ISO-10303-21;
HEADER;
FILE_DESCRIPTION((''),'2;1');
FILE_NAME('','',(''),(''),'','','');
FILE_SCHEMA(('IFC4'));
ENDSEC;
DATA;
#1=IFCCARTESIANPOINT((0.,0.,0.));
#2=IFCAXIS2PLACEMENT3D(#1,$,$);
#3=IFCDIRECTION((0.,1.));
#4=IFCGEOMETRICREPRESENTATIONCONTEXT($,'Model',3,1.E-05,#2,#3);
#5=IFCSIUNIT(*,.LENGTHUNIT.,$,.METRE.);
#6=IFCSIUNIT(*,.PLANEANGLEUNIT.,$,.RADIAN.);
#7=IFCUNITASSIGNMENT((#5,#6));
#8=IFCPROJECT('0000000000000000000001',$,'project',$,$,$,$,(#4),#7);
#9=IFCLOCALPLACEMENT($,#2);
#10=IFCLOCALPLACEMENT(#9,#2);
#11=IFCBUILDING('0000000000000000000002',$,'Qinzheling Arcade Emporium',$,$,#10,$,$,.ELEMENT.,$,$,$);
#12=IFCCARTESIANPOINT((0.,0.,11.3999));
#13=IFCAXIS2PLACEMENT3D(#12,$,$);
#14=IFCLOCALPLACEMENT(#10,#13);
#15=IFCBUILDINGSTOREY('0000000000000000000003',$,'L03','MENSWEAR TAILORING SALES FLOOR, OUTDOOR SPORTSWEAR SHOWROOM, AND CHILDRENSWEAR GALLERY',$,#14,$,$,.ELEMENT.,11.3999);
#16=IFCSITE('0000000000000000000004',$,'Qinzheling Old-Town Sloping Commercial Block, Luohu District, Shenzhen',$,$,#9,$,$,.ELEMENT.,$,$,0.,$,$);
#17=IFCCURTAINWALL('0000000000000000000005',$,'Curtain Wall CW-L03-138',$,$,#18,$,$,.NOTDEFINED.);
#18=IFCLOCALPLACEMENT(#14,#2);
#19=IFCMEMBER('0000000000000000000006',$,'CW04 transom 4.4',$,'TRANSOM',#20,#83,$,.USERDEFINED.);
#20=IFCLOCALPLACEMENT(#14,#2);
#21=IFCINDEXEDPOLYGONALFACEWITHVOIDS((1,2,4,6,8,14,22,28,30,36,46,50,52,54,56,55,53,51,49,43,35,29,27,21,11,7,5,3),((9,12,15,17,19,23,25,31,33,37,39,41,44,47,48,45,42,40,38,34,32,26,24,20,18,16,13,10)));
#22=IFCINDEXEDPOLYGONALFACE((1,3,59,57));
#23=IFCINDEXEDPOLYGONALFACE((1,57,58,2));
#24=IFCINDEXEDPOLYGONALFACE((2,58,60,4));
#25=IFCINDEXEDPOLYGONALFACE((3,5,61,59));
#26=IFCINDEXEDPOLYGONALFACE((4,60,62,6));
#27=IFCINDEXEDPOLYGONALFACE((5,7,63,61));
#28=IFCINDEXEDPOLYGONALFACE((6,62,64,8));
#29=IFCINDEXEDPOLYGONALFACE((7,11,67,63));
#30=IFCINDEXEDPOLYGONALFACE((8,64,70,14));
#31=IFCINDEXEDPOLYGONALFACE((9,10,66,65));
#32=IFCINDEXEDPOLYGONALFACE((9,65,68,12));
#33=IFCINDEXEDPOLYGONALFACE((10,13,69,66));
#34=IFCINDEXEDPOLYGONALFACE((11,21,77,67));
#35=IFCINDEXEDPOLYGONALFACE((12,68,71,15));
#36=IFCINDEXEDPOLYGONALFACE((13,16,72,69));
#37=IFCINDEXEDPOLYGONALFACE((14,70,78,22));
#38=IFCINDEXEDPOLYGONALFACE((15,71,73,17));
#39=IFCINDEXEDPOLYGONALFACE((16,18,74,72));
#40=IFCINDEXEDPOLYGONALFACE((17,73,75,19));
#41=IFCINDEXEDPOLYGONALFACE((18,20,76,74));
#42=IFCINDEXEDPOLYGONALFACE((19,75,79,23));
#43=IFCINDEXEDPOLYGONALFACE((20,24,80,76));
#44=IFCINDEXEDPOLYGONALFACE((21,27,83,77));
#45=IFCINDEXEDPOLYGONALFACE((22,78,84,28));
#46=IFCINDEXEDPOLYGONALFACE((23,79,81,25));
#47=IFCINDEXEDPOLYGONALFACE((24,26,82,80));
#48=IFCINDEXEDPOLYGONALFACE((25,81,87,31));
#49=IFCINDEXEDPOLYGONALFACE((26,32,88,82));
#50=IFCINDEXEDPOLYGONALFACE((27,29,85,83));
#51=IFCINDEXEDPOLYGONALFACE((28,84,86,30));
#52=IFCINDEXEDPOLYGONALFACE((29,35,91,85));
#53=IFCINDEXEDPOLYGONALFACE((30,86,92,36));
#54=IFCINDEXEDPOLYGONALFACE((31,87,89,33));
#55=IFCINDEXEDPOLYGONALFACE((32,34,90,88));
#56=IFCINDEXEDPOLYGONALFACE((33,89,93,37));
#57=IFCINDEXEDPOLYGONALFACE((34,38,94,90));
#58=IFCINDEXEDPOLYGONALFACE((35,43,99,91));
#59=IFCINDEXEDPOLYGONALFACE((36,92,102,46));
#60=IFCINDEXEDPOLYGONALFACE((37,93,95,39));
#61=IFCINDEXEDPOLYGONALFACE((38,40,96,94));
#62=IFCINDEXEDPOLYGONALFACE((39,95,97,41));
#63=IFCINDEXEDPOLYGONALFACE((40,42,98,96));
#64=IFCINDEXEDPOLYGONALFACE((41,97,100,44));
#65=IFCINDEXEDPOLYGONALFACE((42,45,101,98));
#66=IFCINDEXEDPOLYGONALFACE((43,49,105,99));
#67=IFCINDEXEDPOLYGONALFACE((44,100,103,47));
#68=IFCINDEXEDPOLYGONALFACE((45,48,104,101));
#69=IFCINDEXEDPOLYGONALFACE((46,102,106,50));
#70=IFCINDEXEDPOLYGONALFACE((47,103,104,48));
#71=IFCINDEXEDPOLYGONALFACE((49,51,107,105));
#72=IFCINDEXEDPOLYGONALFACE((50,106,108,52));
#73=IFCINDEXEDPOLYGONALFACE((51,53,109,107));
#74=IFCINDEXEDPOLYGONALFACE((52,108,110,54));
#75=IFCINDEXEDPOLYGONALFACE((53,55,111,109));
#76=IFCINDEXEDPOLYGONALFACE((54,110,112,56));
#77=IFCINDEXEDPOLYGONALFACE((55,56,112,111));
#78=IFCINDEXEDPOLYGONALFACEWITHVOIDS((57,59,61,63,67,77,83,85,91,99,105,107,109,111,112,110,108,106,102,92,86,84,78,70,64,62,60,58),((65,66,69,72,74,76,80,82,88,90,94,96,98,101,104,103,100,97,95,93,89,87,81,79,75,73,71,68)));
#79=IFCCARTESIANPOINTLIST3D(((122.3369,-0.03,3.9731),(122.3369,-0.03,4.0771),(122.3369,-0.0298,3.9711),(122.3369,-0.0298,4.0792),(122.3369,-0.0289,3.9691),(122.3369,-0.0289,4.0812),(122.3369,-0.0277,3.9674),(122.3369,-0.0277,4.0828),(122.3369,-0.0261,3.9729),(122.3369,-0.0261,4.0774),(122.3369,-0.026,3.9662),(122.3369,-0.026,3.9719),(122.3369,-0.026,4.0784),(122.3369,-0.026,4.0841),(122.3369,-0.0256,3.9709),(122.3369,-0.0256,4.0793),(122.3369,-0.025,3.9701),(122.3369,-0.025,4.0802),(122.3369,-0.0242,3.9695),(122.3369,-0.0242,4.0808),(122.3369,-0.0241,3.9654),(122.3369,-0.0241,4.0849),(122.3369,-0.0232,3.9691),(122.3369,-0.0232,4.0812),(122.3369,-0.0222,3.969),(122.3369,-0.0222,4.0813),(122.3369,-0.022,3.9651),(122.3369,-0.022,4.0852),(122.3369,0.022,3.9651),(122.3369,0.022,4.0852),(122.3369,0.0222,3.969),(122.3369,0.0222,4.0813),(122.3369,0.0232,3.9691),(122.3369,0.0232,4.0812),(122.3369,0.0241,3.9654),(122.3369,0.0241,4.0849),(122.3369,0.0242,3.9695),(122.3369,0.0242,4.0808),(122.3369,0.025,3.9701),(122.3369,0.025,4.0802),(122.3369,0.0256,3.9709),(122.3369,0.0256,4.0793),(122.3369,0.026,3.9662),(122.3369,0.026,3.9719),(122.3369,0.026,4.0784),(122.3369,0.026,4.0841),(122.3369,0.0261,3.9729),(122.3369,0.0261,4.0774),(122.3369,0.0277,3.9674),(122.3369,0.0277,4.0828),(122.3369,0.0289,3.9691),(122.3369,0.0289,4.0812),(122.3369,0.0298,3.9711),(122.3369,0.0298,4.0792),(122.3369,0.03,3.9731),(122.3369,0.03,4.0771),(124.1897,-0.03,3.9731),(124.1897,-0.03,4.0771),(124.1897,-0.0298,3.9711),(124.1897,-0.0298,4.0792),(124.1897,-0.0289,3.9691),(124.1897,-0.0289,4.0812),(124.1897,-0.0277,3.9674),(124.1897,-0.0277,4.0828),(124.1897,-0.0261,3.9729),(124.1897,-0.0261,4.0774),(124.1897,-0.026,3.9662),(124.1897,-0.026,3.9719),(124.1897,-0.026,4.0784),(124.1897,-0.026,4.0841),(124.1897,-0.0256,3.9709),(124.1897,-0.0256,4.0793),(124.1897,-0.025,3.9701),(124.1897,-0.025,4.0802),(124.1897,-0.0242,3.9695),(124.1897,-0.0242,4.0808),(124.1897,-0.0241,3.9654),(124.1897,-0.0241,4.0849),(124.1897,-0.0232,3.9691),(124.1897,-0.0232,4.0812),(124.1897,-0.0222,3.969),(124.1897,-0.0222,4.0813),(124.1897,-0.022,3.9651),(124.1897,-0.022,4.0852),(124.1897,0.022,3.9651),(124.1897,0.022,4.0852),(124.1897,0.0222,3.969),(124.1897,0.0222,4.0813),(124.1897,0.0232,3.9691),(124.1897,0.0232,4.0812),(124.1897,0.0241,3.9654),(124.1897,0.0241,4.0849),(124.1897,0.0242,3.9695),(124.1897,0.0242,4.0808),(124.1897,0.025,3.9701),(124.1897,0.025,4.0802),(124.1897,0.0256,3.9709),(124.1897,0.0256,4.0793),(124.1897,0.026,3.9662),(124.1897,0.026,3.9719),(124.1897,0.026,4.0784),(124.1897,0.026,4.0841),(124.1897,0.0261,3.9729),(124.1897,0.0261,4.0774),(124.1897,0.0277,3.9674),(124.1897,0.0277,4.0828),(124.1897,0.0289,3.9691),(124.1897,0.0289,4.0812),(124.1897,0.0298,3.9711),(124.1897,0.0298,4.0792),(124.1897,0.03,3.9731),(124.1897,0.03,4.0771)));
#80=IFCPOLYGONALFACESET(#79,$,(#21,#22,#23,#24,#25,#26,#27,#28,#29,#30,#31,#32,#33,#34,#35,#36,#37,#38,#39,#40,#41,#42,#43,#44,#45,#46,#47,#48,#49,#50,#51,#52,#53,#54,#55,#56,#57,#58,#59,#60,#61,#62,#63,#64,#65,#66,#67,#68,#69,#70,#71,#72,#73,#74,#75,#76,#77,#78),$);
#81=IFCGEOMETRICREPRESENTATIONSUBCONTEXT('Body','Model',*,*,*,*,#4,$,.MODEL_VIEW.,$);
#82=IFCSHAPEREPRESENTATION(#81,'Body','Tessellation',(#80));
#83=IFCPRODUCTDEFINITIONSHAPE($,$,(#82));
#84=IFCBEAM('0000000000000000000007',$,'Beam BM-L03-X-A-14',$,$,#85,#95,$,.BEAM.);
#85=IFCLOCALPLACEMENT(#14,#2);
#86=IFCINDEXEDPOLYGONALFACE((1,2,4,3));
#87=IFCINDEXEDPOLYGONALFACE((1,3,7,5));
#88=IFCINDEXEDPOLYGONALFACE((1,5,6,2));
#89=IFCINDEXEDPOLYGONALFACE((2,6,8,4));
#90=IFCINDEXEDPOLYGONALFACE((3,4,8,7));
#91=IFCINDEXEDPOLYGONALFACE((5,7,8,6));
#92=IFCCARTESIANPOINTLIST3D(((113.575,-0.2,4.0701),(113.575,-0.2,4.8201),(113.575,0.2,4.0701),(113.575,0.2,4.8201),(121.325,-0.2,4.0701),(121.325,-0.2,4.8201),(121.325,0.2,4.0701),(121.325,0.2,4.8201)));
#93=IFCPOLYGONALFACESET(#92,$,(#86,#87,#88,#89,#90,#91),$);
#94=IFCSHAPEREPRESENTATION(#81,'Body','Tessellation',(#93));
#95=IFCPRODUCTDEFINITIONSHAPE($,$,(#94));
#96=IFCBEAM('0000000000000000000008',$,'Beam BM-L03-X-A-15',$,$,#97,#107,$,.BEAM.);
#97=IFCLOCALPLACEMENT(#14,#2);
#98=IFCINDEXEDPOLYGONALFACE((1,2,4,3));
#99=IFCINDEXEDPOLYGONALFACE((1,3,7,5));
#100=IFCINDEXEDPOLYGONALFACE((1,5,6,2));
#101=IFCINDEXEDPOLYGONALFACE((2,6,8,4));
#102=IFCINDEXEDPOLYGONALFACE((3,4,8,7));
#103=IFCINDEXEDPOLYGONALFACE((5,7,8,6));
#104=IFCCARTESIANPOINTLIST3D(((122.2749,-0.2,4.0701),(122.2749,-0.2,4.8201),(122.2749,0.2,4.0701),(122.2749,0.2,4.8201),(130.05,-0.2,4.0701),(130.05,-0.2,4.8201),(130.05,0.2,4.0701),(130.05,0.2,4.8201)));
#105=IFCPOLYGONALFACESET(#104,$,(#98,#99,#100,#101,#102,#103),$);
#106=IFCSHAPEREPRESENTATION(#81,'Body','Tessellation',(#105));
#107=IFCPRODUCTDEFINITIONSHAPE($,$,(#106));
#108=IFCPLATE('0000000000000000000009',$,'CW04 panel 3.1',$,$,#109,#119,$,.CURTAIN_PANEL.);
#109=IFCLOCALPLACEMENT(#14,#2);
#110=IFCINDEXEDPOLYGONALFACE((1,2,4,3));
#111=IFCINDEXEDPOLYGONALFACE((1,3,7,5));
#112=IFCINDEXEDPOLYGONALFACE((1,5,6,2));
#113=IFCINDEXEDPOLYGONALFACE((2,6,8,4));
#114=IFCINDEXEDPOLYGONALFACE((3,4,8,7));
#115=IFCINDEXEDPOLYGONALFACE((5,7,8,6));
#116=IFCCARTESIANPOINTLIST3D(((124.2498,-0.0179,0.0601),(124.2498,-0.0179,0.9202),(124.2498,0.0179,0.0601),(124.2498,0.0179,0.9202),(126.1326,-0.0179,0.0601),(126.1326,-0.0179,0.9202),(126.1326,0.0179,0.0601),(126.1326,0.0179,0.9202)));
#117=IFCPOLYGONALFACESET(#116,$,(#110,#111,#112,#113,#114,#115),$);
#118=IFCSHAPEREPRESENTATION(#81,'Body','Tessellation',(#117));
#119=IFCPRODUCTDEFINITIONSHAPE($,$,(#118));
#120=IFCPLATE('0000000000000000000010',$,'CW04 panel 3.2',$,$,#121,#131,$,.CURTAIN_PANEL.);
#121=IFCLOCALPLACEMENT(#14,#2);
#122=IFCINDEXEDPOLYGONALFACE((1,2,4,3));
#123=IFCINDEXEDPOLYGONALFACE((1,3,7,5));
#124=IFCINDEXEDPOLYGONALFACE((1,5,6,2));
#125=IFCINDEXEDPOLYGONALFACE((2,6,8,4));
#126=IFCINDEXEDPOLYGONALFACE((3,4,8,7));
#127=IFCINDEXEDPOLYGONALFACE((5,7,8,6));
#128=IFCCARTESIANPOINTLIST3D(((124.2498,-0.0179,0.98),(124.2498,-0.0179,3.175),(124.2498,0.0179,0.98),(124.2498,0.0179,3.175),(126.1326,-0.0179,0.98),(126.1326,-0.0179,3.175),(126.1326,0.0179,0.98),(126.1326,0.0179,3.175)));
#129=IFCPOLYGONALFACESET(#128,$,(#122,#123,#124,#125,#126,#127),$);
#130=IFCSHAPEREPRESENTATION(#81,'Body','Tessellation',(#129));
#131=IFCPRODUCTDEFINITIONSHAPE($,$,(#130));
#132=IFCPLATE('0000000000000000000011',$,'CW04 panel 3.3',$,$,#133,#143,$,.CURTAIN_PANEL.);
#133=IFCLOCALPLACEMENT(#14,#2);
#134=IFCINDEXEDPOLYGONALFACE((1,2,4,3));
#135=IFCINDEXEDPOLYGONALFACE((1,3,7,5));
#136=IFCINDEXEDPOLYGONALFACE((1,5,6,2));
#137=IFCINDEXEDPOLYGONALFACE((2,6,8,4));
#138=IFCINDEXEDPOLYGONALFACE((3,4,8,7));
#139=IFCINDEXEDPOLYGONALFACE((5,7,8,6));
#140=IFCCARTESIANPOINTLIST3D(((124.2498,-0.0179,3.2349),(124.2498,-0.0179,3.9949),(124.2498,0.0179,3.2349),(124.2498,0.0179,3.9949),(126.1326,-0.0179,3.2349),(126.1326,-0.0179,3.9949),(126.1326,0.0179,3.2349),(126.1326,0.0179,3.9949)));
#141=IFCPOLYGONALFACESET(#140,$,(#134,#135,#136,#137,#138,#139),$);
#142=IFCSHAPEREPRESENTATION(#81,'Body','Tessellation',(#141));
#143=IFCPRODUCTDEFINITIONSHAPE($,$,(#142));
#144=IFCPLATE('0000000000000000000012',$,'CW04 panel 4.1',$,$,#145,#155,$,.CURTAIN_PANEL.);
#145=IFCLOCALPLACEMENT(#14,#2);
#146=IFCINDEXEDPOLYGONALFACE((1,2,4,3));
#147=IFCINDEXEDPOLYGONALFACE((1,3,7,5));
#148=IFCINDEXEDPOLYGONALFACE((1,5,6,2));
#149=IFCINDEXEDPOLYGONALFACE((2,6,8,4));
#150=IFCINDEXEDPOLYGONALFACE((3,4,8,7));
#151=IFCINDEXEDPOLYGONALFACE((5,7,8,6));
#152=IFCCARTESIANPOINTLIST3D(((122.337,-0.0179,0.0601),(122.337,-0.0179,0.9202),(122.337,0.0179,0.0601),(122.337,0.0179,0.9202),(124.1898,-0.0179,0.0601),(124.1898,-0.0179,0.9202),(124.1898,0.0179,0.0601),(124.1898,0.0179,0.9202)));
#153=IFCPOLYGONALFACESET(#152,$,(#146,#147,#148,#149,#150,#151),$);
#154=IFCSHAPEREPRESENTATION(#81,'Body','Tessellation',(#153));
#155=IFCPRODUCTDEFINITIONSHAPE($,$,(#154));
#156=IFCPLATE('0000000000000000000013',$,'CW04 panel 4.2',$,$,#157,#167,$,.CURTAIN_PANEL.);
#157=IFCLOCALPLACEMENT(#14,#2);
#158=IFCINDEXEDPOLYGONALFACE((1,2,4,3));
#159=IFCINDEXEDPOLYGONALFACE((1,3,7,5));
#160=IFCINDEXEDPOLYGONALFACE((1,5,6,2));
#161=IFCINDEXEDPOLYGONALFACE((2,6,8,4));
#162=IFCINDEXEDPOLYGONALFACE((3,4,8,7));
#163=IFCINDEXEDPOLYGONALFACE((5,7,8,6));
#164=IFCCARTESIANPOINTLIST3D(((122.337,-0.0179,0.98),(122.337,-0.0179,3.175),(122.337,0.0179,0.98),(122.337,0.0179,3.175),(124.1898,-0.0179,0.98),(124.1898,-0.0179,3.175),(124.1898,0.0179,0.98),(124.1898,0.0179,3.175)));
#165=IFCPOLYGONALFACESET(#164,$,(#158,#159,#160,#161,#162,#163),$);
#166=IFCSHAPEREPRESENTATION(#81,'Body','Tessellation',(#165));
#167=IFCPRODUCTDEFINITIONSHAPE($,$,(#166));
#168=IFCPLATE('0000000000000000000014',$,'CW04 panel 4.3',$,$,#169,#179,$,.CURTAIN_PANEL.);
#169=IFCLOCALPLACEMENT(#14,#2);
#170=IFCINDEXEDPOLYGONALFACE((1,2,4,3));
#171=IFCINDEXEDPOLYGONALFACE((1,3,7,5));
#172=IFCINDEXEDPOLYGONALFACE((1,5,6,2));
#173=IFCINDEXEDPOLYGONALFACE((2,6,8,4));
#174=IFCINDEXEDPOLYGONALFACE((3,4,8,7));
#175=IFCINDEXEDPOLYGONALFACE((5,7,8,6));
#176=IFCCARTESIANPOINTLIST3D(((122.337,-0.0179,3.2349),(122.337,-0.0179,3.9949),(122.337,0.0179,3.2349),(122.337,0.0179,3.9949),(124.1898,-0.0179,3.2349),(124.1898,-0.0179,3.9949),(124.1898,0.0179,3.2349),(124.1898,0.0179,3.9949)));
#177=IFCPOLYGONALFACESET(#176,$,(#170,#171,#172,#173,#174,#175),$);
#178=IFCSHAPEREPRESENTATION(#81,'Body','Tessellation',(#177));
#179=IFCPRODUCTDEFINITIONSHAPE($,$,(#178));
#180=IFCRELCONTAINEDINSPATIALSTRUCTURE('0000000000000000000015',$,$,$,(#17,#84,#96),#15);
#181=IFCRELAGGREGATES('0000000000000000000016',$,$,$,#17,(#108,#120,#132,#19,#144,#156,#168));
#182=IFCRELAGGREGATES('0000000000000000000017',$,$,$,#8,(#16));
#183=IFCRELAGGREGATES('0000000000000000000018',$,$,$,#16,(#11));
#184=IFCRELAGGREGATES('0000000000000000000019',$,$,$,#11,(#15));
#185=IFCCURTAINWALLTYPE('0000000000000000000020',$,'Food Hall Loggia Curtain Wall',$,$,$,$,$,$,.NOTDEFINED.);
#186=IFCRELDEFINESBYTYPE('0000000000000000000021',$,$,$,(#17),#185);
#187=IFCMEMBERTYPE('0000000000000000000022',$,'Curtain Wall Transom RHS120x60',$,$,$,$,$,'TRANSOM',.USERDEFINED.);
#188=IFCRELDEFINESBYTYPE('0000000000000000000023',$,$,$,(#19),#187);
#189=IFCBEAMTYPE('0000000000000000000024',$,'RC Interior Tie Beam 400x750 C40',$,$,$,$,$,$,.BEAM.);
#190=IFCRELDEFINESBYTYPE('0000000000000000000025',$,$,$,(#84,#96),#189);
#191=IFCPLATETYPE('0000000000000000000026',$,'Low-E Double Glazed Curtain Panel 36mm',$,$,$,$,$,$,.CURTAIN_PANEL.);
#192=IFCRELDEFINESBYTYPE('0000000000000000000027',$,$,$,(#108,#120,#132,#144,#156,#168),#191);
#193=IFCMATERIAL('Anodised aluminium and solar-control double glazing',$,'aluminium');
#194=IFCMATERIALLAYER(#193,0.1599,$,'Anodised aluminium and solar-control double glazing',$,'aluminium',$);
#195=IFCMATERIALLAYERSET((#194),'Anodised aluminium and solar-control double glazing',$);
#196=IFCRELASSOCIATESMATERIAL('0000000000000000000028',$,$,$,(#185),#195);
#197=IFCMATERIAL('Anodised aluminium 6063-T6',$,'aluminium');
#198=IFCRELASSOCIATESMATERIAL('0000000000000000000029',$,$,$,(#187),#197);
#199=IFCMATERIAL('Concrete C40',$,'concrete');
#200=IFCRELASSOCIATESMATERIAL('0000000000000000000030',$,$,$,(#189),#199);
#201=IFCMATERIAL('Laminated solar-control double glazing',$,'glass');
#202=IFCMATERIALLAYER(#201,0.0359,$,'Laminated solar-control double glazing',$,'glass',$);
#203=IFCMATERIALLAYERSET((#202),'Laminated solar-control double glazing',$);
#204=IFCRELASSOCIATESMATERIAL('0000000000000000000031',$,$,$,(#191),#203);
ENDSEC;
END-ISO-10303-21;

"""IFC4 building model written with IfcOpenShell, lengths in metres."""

from ifc_helpers import new_model, si_unit, direction, frame, origin, origin_2d, place, context, subcontext, project, spatial, rectangle, hollow_rectangle, extrude, material, layer, layer_set, material_profile, profile_set, type_object, element, aggregate, save


model = new_model("IFC4")

# Units and contexts
model_context = context("Model", 3, precision=1e-05, world=origin(), true_north=direction((0.0, 1.0)))
body_context = subcontext(model_context, "Body", "Model", "MODEL_VIEW")
ifc_project = project(units=[si_unit("LENGTHUNIT", "METRE"), si_unit("PLANEANGLEUNIT", "RADIAN")], contexts=[model_context])

# Site, building, storey
site_placement = place(None, origin())
site = spatial("IfcSite", under=ifc_project, at=site_placement, Name="Qinzheling Old-Town Sloping Commercial Block, Luohu District, Shenzhen", CompositionType="ELEMENT", RefElevation=0.0)
building_placement = place(site_placement, origin())
building = spatial("IfcBuilding", under=site, at=building_placement, Name="Qinzheling Arcade Emporium", CompositionType="ELEMENT")
storey_placement = place(building_placement, frame((0.0, 0.0, 11.3999)))
storey = spatial("IfcBuildingStorey", under=building, at=storey_placement, Name="L03", Description="MENSWEAR TAILORING SALES FLOOR, OUTDOOR SPORTSWEAR SHOWROOM, AND CHILDRENSWEAR GALLERY", CompositionType="ELEMENT", Elevation=11.3999)

# Curtain wall, member
ifc_material_1 = material(Name="Anodised aluminium and solar-control double glazing", Category="aluminium")
ifc_layer_1 = layer(ifc_material_1, 0.1599, Name="Anodised aluminium and solar-control double glazing", Category="aluminium")
ifc_layer_set_1 = layer_set([ifc_layer_1], Name="Anodised aluminium and solar-control double glazing")
curtain_wall_type = type_object("IfcCurtainWallType", Name="Food Hall Loggia Curtain Wall", PredefinedType="NOTDEFINED", material=ifc_layer_set_1)
curtain_wall_placement = place(storey_placement, origin())
curtain_wall = element("IfcCurtainWall", 1, at=curtain_wall_placement, inside=storey, type_object=curtain_wall_type, Name="Curtain Wall CW-L03-138", PredefinedType="NOTDEFINED")
ifc_material_2 = material(Name="Anodised aluminium 6063-T6", Category="aluminium")
ifc_material_profile_1 = material_profile(ifc_material_2, hollow_rectangle(XDim=0.0601, YDim=0.1201, WallThickness=0.0039, InnerFilletRadius=0.0039, OuterFilletRadius=0.0081, at=origin_2d()), Name="RHS 120x60x4", Category="aluminium")
ifc_profile_set_1 = profile_set([ifc_material_profile_1], Name="Anodised aluminium 6063-T6")
member_type_1 = type_object("IfcMemberType", Name="Curtain Wall Transom RHS120x60", ElementType="TRANSOM", PredefinedType="USERDEFINED", material=ifc_profile_set_1)
member_1_placement = place(storey_placement, frame((124.1897, 0.0, 4.0251), z_axis=(-1.0, 0.0, 0.0), x_axis=(0.0, -1.0, 0.0)))
member_1 = element("IfcMember", 2, at=member_1_placement, type_object=member_type_1, Name="CW04 transom 4.4", ObjectType="TRANSOM", PredefinedType="USERDEFINED", context=body_context, shape_type="SweptSolid", body=[
    extrude(hollow_rectangle(XDim=0.0601, YDim=0.1201, WallThickness=0.0039, InnerFilletRadius=0.0039, OuterFilletRadius=0.0081, at=origin_2d()), origin(), (0.0, 0.0, 1.0), 1.8528),
])

# Beams
ifc_material_3 = material(Name="Concrete C40", Category="concrete")
ifc_material_profile_2 = material_profile(ifc_material_3, rectangle(XDim=0.3999, YDim=0.75, at=origin_2d()), Name="RC 400x750", Category="concrete")
ifc_profile_set_2 = profile_set([ifc_material_profile_2], Name="Concrete C40")
beam_type = type_object("IfcBeamType", Name="RC Interior Tie Beam 400x750 C40", PredefinedType="BEAM", material=ifc_profile_set_2)
beam_1_placement = place(storey_placement, frame((113.575, 0.0, 4.4451), z_axis=(1.0, 0.0, 0.0), x_axis=(0.0, 1.0, 0.0)))
element("IfcBeam", 3, at=beam_1_placement, inside=storey, type_object=beam_type, Name="Beam BM-L03-X-A-14", PredefinedType="BEAM", context=body_context, shape_type="SweptSolid", body=[
    extrude(rectangle(XDim=0.3999, YDim=0.75, at=origin_2d()), origin(), (0.0, 0.0, 1.0), 7.75),
])
beam_2_placement = place(storey_placement, frame((122.2749, 0.0, 4.4451), z_axis=(1.0, 0.0, 0.0), x_axis=(0.0, 1.0, 0.0)))
element("IfcBeam", 4, at=beam_2_placement, inside=storey, type_object=beam_type, Name="Beam BM-L03-X-A-15", PredefinedType="BEAM", context=body_context, shape_type="SweptSolid", body=[
    extrude(rectangle(XDim=0.3999, YDim=0.75, at=origin_2d()), origin(), (0.0, 0.0, 1.0), 7.7751),
])

# Plates
ifc_material_4 = material(Name="Laminated solar-control double glazing", Category="glass")
ifc_layer_2 = layer(ifc_material_4, 0.0359, Name="Laminated solar-control double glazing", Category="glass")
ifc_layer_set_2 = layer_set([ifc_layer_2], Name="Laminated solar-control double glazing")
plate_type = type_object("IfcPlateType", Name="Low-E Double Glazed Curtain Panel 36mm", PredefinedType="CURTAIN_PANEL", material=ifc_layer_set_2)
plate_1_placement = place(storey_placement, frame((125.1912, 0.0, 0.0601), z_axis=(0.0, 0.0, 1.0), x_axis=(-1.0, 0.0, 0.0)))
plate_1 = element("IfcPlate", 5, at=plate_1_placement, type_object=plate_type, Name="CW04 panel 3.1", PredefinedType="CURTAIN_PANEL", context=body_context, shape_type="SweptSolid", body=[
    extrude(rectangle(XDim=1.8828, YDim=0.0359, at=origin_2d()), origin(), (0.0, 0.0, 1.0), 0.8601),
])
plate_2_placement = place(storey_placement, frame((125.1912, 0.0, 0.98), z_axis=(0.0, 0.0, 1.0), x_axis=(-1.0, 0.0, 0.0)))
plate_2 = element("IfcPlate", 6, at=plate_2_placement, type_object=plate_type, Name="CW04 panel 3.2", PredefinedType="CURTAIN_PANEL", context=body_context, shape_type="SweptSolid", body=[
    extrude(rectangle(XDim=1.8828, YDim=0.0359, at=origin_2d()), origin(), (0.0, 0.0, 1.0), 2.1951),
])
plate_3_placement = place(storey_placement, frame((125.1912, 0.0, 3.2349), z_axis=(0.0, 0.0, 1.0), x_axis=(-1.0, 0.0, 0.0)))
plate_3 = element("IfcPlate", 7, at=plate_3_placement, type_object=plate_type, Name="CW04 panel 3.3", PredefinedType="CURTAIN_PANEL", context=body_context, shape_type="SweptSolid", body=[
    extrude(rectangle(XDim=1.8828, YDim=0.0359, at=origin_2d()), origin(), (0.0, 0.0, 1.0), 0.76),
])
plate_4_placement = place(storey_placement, frame((123.2634, 0.0, 0.0601), z_axis=(0.0, 0.0, 1.0), x_axis=(-1.0, 0.0, 0.0)))
plate_4 = element("IfcPlate", 8, at=plate_4_placement, type_object=plate_type, Name="CW04 panel 4.1", PredefinedType="CURTAIN_PANEL", context=body_context, shape_type="SweptSolid", body=[
    extrude(rectangle(XDim=1.8528, YDim=0.0359, at=origin_2d()), origin(), (0.0, 0.0, 1.0), 0.8601),
])
plate_5_placement = place(storey_placement, frame((123.2634, 0.0, 0.98), z_axis=(0.0, 0.0, 1.0), x_axis=(-1.0, 0.0, 0.0)))
plate_5 = element("IfcPlate", 9, at=plate_5_placement, type_object=plate_type, Name="CW04 panel 4.2", PredefinedType="CURTAIN_PANEL", context=body_context, shape_type="SweptSolid", body=[
    extrude(rectangle(XDim=1.8528, YDim=0.0359, at=origin_2d()), origin(), (0.0, 0.0, 1.0), 2.1951),
])
plate_6_placement = place(storey_placement, frame((123.2634, 0.0, 3.2349), z_axis=(0.0, 0.0, 1.0), x_axis=(-1.0, 0.0, 0.0)))
plate_6 = element("IfcPlate", 10, at=plate_6_placement, type_object=plate_type, Name="CW04 panel 4.3", PredefinedType="CURTAIN_PANEL", context=body_context, shape_type="SweptSolid", body=[
    extrude(rectangle(XDim=1.8528, YDim=0.0359, at=origin_2d()), origin(), (0.0, 0.0, 1.0), 0.76),
])
aggregate(curtain_wall, [plate_1, plate_2, plate_3, member_1, plate_4, plate_5, plate_6])

save(model, "model.ifc")
